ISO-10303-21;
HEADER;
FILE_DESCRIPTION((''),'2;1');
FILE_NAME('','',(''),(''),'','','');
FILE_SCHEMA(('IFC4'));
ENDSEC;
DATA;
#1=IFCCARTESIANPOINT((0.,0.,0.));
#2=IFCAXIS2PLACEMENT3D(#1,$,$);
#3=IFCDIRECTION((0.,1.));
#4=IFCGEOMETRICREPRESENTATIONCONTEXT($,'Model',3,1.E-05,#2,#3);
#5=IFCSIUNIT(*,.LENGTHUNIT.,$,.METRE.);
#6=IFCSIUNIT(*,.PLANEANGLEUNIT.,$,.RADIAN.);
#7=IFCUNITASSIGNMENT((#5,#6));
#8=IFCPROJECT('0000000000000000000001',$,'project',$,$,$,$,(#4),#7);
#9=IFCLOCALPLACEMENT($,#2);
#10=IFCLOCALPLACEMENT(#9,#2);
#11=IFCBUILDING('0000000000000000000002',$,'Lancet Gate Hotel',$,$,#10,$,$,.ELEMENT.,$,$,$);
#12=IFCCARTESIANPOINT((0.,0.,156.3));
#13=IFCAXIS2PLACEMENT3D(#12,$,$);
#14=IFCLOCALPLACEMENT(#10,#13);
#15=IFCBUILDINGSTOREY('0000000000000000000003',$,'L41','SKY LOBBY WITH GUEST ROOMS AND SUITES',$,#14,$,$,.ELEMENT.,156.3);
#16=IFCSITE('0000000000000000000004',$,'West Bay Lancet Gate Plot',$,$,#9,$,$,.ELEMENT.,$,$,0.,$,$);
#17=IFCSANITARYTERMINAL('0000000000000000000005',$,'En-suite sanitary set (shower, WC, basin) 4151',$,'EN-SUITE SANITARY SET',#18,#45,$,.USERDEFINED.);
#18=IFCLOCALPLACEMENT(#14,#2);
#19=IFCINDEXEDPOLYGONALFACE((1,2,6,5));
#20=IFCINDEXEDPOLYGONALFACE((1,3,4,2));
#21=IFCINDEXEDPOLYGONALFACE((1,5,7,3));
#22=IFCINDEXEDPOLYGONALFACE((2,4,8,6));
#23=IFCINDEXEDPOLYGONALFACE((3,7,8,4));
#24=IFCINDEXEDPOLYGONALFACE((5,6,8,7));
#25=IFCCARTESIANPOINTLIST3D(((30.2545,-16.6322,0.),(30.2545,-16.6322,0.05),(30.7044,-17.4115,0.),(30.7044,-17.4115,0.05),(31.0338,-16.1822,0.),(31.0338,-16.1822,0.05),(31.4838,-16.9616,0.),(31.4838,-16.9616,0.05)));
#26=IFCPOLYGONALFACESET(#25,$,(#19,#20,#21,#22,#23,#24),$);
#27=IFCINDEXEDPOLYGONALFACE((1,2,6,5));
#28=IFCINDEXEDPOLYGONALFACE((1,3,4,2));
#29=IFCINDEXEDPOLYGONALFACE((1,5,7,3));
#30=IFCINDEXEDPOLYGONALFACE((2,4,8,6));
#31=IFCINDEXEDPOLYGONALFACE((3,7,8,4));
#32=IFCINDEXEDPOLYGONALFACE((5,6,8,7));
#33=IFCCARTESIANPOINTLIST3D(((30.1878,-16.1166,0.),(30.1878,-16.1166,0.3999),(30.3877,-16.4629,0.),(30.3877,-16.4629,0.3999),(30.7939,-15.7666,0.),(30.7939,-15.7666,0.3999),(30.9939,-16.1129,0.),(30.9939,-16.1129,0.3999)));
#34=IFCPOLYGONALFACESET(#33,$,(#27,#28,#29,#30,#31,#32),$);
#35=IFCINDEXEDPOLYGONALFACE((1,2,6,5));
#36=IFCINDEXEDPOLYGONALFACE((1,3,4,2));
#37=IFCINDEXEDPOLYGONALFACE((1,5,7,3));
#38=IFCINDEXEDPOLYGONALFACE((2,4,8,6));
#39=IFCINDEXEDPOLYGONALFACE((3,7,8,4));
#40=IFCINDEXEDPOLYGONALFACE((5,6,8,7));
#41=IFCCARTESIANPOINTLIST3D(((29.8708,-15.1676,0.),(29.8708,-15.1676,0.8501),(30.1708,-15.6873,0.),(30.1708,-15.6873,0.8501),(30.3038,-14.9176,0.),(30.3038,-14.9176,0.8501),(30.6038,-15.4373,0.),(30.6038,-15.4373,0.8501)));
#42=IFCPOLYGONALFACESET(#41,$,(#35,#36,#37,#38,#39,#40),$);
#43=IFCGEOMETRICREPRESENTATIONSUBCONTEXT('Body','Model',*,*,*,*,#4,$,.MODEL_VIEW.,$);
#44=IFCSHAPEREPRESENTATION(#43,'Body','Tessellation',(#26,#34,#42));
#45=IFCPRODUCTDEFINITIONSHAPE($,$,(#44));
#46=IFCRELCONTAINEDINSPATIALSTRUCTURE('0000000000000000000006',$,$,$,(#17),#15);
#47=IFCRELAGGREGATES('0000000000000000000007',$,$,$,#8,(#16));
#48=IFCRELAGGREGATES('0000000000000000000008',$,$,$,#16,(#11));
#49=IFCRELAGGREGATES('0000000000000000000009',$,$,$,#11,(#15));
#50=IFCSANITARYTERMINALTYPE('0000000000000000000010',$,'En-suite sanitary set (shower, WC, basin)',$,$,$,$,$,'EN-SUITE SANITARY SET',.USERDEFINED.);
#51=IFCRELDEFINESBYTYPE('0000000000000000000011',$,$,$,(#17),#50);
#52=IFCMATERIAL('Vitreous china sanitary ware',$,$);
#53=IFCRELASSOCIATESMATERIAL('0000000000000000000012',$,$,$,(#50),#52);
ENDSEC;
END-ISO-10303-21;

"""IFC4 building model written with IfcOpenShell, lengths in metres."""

from ifc_helpers import new_model, si_unit, direction, frame, origin, origin_2d, place, context, subcontext, project, spatial, rectangle, extrude, material, type_object, element, save


model = new_model("IFC4")

# Units and contexts
model_context = context("Model", 3, precision=1e-05, world=origin(), true_north=direction((0.0, 1.0)))
body_context = subcontext(model_context, "Body", "Model", "MODEL_VIEW")
ifc_project = project(units=[si_unit("LENGTHUNIT", "METRE"), si_unit("PLANEANGLEUNIT", "RADIAN")], contexts=[model_context])

# Site, building, storey
site_placement = place(None, origin())
site = spatial("IfcSite", under=ifc_project, at=site_placement, Name="West Bay Lancet Gate Plot", CompositionType="ELEMENT", RefElevation=0.0)
building_placement = place(site_placement, origin())
building = spatial("IfcBuilding", under=site, at=building_placement, Name="Lancet Gate Hotel", CompositionType="ELEMENT")
storey_placement = place(building_placement, frame((0.0, 0.0, 156.3)))
storey = spatial("IfcBuildingStorey", under=building, at=storey_placement, Name="L41", Description="SKY LOBBY WITH GUEST ROOMS AND SUITES", CompositionType="ELEMENT", Elevation=156.3)

# Sanitary terminal
ifc_material_1 = material(Name="Vitreous china sanitary ware")
sanitary_terminal_type = type_object("IfcSanitaryTerminalType", Name="En-suite sanitary set (shower, WC, basin)", ElementType="EN-SUITE SANITARY SET", PredefinedType="USERDEFINED", material=ifc_material_1)
sanitary_terminal_placement = place(storey_placement, frame((30.8691, -16.7969, 0.0), z_axis=(0.0, 0.0, 1.0), x_axis=(1.0, 0.0, 0.0)))
element("IfcSanitaryTerminal", 1, at=sanitary_terminal_placement, inside=storey, type_object=sanitary_terminal_type, Name="En-suite sanitary set (shower, WC, basin) 4151", ObjectType="EN-SUITE SANITARY SET", PredefinedType="USERDEFINED", context=body_context, shape_type="SweptSolid", body=[
    extrude(rectangle(XDim=0.8999, YDim=0.8999, at=origin_2d()), frame((0.0, 0.0, 0.0), z_axis=(0.0, 0.0, 1.0), x_axis=(0.5, -0.866025, 0.0)), (0.0, 0.0, 1.0), 0.05),
    extrude(rectangle(XDim=0.3999, YDim=0.7, at=origin_2d()), frame((-0.2783, 0.6821, 0.0), z_axis=(0.0, 0.0, 1.0), x_axis=(0.5, -0.866025, 0.0)), (0.0, 0.0, 1.0), 0.3999),
    extrude(rectangle(XDim=0.6001, YDim=0.5, at=origin_2d()), frame((-0.6318, 1.4944, 0.0), z_axis=(0.0, 0.0, 1.0), x_axis=(0.5, -0.866025, 0.0)), (0.0, 0.0, 1.0), 0.8501),
])

save(model, "model.ifc")
